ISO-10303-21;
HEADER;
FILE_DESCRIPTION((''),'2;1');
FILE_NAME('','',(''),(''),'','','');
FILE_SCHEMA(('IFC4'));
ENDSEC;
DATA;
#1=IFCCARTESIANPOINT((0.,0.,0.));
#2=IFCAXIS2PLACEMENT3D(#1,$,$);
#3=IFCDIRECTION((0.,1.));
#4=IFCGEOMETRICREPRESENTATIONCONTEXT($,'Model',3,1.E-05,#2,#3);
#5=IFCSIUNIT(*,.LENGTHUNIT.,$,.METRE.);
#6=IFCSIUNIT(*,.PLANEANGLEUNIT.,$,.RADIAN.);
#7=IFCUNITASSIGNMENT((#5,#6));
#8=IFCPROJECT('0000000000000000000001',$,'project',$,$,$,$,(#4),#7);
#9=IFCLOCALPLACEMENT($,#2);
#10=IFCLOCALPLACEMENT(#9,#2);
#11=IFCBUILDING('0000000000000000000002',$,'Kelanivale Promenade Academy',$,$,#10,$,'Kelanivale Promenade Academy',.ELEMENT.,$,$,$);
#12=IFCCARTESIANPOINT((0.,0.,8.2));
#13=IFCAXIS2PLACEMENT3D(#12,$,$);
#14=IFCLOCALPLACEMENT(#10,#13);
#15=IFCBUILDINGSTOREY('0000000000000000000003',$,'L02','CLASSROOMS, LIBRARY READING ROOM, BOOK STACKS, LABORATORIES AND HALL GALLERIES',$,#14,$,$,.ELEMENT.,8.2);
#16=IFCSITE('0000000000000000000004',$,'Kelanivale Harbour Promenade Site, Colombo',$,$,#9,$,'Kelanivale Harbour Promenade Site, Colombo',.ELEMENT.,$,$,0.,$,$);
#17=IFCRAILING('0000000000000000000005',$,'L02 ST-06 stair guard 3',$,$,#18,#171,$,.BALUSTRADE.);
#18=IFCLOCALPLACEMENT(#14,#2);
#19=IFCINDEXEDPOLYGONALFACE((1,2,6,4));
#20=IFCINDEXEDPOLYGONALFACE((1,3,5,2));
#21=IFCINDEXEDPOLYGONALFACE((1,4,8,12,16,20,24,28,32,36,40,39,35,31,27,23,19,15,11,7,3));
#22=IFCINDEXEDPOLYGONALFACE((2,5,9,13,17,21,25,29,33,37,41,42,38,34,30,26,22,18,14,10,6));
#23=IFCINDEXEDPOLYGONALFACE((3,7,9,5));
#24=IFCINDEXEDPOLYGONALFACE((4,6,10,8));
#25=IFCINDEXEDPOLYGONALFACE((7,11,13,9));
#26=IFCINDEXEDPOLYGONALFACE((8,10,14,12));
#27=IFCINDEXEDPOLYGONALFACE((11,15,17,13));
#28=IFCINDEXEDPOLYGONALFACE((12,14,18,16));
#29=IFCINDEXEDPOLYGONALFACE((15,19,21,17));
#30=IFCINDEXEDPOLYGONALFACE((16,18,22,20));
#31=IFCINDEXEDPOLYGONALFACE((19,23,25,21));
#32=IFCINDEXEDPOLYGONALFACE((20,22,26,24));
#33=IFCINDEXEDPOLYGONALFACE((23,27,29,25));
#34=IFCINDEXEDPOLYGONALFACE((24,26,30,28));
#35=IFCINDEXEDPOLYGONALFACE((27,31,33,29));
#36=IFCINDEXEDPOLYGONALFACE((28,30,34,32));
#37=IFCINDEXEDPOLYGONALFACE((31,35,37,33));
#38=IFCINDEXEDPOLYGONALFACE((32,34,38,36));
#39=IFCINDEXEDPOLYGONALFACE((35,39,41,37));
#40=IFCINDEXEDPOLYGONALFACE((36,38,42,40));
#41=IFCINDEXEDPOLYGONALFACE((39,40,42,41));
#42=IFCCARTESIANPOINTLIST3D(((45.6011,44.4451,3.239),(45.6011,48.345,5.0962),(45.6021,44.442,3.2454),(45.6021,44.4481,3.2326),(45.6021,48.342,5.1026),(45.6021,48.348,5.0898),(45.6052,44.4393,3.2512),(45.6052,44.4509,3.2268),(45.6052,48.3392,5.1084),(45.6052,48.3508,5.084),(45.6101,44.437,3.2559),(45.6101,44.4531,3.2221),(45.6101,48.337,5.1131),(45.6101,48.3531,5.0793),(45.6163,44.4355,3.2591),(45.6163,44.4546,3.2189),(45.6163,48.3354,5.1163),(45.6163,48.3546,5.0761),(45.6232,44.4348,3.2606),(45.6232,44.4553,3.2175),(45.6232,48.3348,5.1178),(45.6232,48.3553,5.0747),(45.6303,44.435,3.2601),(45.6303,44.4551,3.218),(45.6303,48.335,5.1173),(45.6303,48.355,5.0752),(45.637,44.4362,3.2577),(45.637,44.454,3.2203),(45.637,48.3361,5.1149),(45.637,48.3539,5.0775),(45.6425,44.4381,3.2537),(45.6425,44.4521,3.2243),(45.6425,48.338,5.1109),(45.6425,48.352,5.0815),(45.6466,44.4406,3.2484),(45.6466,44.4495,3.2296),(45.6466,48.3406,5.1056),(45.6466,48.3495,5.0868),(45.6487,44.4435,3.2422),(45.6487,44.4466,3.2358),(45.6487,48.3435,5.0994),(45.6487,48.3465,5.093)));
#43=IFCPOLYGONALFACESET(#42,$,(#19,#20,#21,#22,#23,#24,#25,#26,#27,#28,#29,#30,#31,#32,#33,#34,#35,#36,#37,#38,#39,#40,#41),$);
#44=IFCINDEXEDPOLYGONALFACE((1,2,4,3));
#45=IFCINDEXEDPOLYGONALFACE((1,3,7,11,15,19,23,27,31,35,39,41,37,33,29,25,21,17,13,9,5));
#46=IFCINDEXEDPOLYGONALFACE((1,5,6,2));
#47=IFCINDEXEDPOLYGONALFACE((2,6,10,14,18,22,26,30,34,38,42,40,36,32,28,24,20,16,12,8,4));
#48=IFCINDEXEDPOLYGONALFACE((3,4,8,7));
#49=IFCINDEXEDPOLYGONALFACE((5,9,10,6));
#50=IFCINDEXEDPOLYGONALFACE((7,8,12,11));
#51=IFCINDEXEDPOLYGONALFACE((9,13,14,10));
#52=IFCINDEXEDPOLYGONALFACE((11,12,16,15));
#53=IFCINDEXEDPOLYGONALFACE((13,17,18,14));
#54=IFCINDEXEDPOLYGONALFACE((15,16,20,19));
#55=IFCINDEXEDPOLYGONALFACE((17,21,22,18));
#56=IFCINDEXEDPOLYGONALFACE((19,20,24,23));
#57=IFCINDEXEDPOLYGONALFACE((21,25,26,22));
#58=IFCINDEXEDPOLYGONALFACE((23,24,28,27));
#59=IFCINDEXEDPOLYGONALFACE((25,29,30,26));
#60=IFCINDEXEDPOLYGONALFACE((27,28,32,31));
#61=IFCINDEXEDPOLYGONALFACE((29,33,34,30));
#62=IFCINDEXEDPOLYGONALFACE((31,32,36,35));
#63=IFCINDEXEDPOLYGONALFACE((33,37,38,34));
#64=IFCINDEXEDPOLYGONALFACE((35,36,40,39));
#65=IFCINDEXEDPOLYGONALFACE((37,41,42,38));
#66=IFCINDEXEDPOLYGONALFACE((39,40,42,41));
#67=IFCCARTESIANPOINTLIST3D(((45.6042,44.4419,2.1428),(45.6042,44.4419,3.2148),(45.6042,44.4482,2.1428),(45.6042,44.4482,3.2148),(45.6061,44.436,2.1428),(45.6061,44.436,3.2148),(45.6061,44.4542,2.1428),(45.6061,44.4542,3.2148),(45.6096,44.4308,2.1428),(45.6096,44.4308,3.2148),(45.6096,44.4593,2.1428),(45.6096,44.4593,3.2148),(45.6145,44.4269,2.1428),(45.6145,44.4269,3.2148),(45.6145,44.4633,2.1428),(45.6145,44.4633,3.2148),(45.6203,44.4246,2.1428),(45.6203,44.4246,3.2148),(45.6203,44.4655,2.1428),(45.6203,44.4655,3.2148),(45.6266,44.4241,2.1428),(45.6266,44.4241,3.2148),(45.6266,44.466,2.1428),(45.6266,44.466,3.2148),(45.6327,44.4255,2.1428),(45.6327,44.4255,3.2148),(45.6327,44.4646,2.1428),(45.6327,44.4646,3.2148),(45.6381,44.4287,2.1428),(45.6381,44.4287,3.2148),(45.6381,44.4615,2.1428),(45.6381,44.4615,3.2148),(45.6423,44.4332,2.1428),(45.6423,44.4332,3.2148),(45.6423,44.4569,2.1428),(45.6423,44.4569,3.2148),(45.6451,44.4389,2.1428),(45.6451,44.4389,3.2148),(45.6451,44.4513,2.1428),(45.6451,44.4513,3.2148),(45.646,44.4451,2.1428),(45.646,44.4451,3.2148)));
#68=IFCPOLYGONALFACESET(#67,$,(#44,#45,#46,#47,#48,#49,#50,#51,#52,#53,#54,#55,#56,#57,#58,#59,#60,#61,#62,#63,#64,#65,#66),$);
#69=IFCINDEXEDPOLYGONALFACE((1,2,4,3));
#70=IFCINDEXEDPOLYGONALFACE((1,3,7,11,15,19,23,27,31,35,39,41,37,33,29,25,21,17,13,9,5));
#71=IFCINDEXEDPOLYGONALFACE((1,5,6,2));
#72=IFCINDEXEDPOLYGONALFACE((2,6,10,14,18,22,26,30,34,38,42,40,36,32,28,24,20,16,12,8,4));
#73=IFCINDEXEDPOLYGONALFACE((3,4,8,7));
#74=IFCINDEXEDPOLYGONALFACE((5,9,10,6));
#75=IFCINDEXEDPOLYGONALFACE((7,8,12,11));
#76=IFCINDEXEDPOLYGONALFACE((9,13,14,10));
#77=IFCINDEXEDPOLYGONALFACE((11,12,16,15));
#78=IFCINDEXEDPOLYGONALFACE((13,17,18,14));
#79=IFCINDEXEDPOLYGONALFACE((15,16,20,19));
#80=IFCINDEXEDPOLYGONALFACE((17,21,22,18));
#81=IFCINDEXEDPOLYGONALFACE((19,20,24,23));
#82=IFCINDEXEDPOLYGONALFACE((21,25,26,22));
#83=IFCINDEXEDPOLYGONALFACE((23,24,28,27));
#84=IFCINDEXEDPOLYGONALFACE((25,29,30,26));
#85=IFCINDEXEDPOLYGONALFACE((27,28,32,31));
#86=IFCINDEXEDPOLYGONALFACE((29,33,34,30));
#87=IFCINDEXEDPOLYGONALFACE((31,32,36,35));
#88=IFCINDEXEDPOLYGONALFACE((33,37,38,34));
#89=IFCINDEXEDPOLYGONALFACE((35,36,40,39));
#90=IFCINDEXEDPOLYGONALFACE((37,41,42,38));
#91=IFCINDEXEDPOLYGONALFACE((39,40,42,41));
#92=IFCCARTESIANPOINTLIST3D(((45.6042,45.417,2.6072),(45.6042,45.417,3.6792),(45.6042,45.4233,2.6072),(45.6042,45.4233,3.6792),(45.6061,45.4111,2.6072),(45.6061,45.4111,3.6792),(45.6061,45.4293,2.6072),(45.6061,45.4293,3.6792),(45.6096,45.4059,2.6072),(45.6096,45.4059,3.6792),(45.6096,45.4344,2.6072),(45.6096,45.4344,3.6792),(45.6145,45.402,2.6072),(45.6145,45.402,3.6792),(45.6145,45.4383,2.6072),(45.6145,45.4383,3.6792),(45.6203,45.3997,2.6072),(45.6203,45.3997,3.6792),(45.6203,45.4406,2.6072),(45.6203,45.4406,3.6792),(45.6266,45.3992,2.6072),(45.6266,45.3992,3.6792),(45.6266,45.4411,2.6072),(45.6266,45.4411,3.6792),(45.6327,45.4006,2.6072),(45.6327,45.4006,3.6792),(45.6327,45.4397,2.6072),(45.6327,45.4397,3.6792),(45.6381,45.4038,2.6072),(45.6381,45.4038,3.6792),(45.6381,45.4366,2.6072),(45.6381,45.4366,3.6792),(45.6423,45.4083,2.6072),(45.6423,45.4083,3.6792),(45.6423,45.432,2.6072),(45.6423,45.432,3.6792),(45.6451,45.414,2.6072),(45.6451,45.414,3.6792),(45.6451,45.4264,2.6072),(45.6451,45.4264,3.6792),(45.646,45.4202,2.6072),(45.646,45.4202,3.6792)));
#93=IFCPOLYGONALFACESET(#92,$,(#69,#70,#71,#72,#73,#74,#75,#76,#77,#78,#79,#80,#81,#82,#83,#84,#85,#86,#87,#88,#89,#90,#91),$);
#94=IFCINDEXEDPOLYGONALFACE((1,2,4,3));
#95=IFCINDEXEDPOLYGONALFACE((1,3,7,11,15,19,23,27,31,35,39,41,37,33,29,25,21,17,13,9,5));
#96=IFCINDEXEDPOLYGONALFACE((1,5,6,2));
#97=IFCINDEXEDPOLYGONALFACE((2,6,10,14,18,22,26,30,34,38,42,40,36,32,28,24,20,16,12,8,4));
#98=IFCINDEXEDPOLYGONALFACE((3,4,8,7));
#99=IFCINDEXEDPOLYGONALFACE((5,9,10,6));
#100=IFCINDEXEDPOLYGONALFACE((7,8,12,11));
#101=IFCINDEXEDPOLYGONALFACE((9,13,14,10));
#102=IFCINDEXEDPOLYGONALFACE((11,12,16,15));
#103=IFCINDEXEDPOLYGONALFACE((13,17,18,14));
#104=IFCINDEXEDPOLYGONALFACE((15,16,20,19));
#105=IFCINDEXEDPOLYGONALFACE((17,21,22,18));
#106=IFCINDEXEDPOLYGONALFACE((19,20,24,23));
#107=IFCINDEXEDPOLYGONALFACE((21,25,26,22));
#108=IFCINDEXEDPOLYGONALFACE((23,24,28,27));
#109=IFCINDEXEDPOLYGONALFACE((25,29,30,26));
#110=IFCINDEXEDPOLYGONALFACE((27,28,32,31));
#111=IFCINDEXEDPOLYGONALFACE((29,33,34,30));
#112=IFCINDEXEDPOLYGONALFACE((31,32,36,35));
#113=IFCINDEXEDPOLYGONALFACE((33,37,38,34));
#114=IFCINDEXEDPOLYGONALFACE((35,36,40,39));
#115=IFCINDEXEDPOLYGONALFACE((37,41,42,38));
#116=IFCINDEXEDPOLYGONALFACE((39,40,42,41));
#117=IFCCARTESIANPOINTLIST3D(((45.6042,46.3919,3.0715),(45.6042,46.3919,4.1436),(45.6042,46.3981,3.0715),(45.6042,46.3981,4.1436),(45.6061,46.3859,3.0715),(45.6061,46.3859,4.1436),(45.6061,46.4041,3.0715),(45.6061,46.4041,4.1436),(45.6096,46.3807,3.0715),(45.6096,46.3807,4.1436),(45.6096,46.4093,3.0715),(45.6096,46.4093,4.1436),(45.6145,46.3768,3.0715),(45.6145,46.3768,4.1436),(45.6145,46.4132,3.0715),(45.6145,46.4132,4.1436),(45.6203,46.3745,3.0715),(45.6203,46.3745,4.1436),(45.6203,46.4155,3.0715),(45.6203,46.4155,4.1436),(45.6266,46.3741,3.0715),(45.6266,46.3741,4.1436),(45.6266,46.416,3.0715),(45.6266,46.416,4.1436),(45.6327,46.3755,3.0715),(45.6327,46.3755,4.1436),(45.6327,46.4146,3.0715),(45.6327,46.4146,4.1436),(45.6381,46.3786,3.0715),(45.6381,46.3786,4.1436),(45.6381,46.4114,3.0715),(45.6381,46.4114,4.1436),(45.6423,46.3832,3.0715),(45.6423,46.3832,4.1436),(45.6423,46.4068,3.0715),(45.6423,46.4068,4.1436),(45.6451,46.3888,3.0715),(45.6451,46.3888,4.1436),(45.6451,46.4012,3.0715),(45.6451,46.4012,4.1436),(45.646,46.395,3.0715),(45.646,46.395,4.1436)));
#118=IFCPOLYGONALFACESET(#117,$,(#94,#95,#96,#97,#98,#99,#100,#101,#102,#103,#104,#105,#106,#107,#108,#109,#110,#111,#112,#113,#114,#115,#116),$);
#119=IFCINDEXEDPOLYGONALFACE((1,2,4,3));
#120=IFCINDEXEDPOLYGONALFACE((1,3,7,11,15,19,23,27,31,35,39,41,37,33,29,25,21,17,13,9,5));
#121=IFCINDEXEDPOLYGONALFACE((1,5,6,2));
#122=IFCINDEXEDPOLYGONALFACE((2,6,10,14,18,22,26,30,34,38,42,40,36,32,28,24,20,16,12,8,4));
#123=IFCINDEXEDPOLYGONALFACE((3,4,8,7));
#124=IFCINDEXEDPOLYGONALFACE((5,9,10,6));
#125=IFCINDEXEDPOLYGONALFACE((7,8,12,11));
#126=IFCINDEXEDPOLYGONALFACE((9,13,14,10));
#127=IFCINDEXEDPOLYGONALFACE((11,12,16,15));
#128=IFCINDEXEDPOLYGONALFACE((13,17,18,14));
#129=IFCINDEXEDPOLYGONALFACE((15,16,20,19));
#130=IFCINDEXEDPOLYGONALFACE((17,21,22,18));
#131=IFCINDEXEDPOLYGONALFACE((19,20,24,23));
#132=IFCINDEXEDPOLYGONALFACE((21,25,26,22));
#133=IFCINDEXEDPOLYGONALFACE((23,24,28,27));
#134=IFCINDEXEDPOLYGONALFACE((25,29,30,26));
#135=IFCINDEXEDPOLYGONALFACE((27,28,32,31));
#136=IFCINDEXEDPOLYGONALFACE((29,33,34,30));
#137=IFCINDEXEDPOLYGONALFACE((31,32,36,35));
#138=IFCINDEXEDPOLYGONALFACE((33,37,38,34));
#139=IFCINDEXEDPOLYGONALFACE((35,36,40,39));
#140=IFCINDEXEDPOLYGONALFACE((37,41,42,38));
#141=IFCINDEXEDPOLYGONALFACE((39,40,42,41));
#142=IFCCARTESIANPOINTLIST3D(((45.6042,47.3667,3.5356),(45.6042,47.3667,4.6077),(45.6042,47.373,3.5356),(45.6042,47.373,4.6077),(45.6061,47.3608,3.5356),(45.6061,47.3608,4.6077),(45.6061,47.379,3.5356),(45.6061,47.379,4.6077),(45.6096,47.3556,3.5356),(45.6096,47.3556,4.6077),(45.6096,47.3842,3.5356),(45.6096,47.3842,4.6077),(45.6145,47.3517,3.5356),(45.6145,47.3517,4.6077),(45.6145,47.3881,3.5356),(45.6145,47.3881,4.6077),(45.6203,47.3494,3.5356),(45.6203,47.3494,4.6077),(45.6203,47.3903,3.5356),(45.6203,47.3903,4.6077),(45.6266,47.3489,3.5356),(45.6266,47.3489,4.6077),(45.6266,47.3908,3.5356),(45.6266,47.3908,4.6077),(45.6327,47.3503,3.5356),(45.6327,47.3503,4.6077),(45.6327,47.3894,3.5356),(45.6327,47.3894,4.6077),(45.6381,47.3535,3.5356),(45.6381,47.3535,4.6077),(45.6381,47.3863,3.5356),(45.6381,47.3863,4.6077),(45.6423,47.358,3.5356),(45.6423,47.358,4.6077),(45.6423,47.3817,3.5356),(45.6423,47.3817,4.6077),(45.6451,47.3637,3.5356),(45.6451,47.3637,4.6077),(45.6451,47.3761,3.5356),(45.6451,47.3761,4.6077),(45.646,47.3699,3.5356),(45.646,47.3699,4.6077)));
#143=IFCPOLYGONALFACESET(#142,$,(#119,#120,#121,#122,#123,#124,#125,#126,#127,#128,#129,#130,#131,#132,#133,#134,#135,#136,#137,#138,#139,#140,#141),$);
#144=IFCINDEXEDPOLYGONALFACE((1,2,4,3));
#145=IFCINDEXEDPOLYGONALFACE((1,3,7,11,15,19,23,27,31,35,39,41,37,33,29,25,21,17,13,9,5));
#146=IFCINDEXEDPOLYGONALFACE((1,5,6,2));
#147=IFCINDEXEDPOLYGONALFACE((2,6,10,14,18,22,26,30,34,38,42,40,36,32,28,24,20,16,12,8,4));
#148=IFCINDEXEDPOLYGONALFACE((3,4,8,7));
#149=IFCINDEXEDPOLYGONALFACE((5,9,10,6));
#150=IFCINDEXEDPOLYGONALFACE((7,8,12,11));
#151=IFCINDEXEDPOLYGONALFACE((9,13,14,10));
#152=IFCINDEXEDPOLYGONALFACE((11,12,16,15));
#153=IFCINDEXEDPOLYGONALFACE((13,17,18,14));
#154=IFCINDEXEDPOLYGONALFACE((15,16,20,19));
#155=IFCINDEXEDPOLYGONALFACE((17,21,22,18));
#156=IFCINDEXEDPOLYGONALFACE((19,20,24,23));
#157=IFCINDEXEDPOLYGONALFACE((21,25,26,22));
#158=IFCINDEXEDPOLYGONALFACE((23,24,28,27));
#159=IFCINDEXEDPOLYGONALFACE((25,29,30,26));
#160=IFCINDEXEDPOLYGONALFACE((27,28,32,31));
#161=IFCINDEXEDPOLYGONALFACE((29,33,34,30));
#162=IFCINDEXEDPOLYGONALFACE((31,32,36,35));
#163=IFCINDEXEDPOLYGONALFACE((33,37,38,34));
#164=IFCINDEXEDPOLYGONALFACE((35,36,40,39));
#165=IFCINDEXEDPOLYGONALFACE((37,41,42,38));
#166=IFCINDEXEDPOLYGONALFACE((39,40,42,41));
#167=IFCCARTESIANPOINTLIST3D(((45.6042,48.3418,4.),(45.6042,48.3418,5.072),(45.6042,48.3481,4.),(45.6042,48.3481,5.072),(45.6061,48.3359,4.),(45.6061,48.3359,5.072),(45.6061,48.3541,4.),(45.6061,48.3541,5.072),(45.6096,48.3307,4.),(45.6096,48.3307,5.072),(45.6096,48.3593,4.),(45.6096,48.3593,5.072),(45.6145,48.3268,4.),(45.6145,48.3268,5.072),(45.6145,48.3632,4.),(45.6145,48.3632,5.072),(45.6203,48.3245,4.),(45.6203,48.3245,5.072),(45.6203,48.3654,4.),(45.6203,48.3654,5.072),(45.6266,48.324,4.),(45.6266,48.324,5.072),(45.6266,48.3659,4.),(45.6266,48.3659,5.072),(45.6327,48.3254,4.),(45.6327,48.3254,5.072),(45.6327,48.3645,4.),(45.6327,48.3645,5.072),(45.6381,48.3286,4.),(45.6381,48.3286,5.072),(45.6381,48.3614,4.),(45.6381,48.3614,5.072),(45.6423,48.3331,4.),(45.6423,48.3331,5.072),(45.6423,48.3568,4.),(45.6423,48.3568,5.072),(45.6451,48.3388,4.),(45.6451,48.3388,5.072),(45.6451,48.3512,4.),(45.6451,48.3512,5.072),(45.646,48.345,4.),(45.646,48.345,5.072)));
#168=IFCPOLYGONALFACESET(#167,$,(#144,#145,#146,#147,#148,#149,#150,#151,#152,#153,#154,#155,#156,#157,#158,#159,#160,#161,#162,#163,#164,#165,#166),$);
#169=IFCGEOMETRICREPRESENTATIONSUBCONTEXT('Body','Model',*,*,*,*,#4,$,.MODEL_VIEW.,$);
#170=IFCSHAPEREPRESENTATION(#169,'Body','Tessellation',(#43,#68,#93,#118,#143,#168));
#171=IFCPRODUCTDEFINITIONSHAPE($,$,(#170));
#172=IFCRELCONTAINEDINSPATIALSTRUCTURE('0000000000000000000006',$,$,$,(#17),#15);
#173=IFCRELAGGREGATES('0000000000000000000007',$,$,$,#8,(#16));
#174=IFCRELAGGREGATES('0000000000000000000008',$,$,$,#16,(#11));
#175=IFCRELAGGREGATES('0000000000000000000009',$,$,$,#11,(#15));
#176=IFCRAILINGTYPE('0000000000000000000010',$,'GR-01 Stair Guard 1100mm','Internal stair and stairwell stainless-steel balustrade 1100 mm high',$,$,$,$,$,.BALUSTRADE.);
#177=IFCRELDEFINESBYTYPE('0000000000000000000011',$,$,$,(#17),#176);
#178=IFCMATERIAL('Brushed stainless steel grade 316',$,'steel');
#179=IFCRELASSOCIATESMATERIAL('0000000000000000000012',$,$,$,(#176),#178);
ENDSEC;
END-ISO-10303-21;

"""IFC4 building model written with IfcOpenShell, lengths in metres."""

from ifc_helpers import new_model, si_unit, direction, frame, origin, origin_2d, place, context, subcontext, project, spatial, circle, extrude, material, type_object, element, save


model = new_model("IFC4")

# Units and contexts
model_context = context("Model", 3, precision=1e-05, world=origin(), true_north=direction((0.0, 1.0)))
body_context = subcontext(model_context, "Body", "Model", "MODEL_VIEW")
ifc_project = project(units=[si_unit("LENGTHUNIT", "METRE"), si_unit("PLANEANGLEUNIT", "RADIAN")], contexts=[model_context])

# Site, building, storey
site_placement = place(None, origin())
site = spatial("IfcSite", under=ifc_project, at=site_placement, Name="Kelanivale Harbour Promenade Site, Colombo", LongName="Kelanivale Harbour Promenade Site, Colombo", CompositionType="ELEMENT", RefElevation=0.0)
building_placement = place(site_placement, origin())
building = spatial("IfcBuilding", under=site, at=building_placement, Name="Kelanivale Promenade Academy", LongName="Kelanivale Promenade Academy", CompositionType="ELEMENT")
storey_placement = place(building_placement, frame((0.0, 0.0, 8.2)))
storey = spatial("IfcBuildingStorey", under=building, at=storey_placement, Name="L02", Description="CLASSROOMS, LIBRARY READING ROOM, BOOK STACKS, LABORATORIES AND HALL GALLERIES", CompositionType="ELEMENT", Elevation=8.2)

# Railing
ifc_material_1 = material(Name="Brushed stainless steel grade 316", Category="steel")
railing_type_1 = type_object("IfcRailingType", Name="GR-01 Stair Guard 1100mm", Description="Internal stair and stairwell stainless-steel balustrade 1100 mm high", PredefinedType="BALUSTRADE", material=ifc_material_1)
railing_1_placement = place(storey_placement, frame((45.625, 44.4451, 2.1428)))
element("IfcRailing", 1, at=railing_1_placement, inside=storey, type_object=railing_type_1, Name="L02 ST-06 stair guard 3", PredefinedType="BALUSTRADE", context=body_context, shape_type="SweptSolid", body=[
    extrude(circle(Radius=0.0239, at=origin_2d()), frame((0.0, 0.0, 1.0962), z_axis=(0.0, 0.902853, 0.429949), x_axis=(-1.0, 0.0, 0.0)), (0.0, 0.0, 1.0), 4.3196),
    extrude(circle(Radius=0.021, at=origin_2d()), origin(), (0.0, 0.0, 1.0), 1.072),
    extrude(circle(Radius=0.021, at=origin_2d()), frame((0.0, 0.9751, 0.4644)), (0.0, 0.0, 1.0), 1.072),
    extrude(circle(Radius=0.021, at=origin_2d()), frame((0.0, 1.95, 0.9287)), (0.0, 0.0, 1.0), 1.072),
    extrude(circle(Radius=0.021, at=origin_2d()), frame((0.0, 2.9248, 1.3928)), (0.0, 0.0, 1.0), 1.072),
    extrude(circle(Radius=0.021, at=origin_2d()), frame((0.0, 3.8999, 1.8572)), (0.0, 0.0, 1.0), 1.072),
])

save(model, "model.ifc")
